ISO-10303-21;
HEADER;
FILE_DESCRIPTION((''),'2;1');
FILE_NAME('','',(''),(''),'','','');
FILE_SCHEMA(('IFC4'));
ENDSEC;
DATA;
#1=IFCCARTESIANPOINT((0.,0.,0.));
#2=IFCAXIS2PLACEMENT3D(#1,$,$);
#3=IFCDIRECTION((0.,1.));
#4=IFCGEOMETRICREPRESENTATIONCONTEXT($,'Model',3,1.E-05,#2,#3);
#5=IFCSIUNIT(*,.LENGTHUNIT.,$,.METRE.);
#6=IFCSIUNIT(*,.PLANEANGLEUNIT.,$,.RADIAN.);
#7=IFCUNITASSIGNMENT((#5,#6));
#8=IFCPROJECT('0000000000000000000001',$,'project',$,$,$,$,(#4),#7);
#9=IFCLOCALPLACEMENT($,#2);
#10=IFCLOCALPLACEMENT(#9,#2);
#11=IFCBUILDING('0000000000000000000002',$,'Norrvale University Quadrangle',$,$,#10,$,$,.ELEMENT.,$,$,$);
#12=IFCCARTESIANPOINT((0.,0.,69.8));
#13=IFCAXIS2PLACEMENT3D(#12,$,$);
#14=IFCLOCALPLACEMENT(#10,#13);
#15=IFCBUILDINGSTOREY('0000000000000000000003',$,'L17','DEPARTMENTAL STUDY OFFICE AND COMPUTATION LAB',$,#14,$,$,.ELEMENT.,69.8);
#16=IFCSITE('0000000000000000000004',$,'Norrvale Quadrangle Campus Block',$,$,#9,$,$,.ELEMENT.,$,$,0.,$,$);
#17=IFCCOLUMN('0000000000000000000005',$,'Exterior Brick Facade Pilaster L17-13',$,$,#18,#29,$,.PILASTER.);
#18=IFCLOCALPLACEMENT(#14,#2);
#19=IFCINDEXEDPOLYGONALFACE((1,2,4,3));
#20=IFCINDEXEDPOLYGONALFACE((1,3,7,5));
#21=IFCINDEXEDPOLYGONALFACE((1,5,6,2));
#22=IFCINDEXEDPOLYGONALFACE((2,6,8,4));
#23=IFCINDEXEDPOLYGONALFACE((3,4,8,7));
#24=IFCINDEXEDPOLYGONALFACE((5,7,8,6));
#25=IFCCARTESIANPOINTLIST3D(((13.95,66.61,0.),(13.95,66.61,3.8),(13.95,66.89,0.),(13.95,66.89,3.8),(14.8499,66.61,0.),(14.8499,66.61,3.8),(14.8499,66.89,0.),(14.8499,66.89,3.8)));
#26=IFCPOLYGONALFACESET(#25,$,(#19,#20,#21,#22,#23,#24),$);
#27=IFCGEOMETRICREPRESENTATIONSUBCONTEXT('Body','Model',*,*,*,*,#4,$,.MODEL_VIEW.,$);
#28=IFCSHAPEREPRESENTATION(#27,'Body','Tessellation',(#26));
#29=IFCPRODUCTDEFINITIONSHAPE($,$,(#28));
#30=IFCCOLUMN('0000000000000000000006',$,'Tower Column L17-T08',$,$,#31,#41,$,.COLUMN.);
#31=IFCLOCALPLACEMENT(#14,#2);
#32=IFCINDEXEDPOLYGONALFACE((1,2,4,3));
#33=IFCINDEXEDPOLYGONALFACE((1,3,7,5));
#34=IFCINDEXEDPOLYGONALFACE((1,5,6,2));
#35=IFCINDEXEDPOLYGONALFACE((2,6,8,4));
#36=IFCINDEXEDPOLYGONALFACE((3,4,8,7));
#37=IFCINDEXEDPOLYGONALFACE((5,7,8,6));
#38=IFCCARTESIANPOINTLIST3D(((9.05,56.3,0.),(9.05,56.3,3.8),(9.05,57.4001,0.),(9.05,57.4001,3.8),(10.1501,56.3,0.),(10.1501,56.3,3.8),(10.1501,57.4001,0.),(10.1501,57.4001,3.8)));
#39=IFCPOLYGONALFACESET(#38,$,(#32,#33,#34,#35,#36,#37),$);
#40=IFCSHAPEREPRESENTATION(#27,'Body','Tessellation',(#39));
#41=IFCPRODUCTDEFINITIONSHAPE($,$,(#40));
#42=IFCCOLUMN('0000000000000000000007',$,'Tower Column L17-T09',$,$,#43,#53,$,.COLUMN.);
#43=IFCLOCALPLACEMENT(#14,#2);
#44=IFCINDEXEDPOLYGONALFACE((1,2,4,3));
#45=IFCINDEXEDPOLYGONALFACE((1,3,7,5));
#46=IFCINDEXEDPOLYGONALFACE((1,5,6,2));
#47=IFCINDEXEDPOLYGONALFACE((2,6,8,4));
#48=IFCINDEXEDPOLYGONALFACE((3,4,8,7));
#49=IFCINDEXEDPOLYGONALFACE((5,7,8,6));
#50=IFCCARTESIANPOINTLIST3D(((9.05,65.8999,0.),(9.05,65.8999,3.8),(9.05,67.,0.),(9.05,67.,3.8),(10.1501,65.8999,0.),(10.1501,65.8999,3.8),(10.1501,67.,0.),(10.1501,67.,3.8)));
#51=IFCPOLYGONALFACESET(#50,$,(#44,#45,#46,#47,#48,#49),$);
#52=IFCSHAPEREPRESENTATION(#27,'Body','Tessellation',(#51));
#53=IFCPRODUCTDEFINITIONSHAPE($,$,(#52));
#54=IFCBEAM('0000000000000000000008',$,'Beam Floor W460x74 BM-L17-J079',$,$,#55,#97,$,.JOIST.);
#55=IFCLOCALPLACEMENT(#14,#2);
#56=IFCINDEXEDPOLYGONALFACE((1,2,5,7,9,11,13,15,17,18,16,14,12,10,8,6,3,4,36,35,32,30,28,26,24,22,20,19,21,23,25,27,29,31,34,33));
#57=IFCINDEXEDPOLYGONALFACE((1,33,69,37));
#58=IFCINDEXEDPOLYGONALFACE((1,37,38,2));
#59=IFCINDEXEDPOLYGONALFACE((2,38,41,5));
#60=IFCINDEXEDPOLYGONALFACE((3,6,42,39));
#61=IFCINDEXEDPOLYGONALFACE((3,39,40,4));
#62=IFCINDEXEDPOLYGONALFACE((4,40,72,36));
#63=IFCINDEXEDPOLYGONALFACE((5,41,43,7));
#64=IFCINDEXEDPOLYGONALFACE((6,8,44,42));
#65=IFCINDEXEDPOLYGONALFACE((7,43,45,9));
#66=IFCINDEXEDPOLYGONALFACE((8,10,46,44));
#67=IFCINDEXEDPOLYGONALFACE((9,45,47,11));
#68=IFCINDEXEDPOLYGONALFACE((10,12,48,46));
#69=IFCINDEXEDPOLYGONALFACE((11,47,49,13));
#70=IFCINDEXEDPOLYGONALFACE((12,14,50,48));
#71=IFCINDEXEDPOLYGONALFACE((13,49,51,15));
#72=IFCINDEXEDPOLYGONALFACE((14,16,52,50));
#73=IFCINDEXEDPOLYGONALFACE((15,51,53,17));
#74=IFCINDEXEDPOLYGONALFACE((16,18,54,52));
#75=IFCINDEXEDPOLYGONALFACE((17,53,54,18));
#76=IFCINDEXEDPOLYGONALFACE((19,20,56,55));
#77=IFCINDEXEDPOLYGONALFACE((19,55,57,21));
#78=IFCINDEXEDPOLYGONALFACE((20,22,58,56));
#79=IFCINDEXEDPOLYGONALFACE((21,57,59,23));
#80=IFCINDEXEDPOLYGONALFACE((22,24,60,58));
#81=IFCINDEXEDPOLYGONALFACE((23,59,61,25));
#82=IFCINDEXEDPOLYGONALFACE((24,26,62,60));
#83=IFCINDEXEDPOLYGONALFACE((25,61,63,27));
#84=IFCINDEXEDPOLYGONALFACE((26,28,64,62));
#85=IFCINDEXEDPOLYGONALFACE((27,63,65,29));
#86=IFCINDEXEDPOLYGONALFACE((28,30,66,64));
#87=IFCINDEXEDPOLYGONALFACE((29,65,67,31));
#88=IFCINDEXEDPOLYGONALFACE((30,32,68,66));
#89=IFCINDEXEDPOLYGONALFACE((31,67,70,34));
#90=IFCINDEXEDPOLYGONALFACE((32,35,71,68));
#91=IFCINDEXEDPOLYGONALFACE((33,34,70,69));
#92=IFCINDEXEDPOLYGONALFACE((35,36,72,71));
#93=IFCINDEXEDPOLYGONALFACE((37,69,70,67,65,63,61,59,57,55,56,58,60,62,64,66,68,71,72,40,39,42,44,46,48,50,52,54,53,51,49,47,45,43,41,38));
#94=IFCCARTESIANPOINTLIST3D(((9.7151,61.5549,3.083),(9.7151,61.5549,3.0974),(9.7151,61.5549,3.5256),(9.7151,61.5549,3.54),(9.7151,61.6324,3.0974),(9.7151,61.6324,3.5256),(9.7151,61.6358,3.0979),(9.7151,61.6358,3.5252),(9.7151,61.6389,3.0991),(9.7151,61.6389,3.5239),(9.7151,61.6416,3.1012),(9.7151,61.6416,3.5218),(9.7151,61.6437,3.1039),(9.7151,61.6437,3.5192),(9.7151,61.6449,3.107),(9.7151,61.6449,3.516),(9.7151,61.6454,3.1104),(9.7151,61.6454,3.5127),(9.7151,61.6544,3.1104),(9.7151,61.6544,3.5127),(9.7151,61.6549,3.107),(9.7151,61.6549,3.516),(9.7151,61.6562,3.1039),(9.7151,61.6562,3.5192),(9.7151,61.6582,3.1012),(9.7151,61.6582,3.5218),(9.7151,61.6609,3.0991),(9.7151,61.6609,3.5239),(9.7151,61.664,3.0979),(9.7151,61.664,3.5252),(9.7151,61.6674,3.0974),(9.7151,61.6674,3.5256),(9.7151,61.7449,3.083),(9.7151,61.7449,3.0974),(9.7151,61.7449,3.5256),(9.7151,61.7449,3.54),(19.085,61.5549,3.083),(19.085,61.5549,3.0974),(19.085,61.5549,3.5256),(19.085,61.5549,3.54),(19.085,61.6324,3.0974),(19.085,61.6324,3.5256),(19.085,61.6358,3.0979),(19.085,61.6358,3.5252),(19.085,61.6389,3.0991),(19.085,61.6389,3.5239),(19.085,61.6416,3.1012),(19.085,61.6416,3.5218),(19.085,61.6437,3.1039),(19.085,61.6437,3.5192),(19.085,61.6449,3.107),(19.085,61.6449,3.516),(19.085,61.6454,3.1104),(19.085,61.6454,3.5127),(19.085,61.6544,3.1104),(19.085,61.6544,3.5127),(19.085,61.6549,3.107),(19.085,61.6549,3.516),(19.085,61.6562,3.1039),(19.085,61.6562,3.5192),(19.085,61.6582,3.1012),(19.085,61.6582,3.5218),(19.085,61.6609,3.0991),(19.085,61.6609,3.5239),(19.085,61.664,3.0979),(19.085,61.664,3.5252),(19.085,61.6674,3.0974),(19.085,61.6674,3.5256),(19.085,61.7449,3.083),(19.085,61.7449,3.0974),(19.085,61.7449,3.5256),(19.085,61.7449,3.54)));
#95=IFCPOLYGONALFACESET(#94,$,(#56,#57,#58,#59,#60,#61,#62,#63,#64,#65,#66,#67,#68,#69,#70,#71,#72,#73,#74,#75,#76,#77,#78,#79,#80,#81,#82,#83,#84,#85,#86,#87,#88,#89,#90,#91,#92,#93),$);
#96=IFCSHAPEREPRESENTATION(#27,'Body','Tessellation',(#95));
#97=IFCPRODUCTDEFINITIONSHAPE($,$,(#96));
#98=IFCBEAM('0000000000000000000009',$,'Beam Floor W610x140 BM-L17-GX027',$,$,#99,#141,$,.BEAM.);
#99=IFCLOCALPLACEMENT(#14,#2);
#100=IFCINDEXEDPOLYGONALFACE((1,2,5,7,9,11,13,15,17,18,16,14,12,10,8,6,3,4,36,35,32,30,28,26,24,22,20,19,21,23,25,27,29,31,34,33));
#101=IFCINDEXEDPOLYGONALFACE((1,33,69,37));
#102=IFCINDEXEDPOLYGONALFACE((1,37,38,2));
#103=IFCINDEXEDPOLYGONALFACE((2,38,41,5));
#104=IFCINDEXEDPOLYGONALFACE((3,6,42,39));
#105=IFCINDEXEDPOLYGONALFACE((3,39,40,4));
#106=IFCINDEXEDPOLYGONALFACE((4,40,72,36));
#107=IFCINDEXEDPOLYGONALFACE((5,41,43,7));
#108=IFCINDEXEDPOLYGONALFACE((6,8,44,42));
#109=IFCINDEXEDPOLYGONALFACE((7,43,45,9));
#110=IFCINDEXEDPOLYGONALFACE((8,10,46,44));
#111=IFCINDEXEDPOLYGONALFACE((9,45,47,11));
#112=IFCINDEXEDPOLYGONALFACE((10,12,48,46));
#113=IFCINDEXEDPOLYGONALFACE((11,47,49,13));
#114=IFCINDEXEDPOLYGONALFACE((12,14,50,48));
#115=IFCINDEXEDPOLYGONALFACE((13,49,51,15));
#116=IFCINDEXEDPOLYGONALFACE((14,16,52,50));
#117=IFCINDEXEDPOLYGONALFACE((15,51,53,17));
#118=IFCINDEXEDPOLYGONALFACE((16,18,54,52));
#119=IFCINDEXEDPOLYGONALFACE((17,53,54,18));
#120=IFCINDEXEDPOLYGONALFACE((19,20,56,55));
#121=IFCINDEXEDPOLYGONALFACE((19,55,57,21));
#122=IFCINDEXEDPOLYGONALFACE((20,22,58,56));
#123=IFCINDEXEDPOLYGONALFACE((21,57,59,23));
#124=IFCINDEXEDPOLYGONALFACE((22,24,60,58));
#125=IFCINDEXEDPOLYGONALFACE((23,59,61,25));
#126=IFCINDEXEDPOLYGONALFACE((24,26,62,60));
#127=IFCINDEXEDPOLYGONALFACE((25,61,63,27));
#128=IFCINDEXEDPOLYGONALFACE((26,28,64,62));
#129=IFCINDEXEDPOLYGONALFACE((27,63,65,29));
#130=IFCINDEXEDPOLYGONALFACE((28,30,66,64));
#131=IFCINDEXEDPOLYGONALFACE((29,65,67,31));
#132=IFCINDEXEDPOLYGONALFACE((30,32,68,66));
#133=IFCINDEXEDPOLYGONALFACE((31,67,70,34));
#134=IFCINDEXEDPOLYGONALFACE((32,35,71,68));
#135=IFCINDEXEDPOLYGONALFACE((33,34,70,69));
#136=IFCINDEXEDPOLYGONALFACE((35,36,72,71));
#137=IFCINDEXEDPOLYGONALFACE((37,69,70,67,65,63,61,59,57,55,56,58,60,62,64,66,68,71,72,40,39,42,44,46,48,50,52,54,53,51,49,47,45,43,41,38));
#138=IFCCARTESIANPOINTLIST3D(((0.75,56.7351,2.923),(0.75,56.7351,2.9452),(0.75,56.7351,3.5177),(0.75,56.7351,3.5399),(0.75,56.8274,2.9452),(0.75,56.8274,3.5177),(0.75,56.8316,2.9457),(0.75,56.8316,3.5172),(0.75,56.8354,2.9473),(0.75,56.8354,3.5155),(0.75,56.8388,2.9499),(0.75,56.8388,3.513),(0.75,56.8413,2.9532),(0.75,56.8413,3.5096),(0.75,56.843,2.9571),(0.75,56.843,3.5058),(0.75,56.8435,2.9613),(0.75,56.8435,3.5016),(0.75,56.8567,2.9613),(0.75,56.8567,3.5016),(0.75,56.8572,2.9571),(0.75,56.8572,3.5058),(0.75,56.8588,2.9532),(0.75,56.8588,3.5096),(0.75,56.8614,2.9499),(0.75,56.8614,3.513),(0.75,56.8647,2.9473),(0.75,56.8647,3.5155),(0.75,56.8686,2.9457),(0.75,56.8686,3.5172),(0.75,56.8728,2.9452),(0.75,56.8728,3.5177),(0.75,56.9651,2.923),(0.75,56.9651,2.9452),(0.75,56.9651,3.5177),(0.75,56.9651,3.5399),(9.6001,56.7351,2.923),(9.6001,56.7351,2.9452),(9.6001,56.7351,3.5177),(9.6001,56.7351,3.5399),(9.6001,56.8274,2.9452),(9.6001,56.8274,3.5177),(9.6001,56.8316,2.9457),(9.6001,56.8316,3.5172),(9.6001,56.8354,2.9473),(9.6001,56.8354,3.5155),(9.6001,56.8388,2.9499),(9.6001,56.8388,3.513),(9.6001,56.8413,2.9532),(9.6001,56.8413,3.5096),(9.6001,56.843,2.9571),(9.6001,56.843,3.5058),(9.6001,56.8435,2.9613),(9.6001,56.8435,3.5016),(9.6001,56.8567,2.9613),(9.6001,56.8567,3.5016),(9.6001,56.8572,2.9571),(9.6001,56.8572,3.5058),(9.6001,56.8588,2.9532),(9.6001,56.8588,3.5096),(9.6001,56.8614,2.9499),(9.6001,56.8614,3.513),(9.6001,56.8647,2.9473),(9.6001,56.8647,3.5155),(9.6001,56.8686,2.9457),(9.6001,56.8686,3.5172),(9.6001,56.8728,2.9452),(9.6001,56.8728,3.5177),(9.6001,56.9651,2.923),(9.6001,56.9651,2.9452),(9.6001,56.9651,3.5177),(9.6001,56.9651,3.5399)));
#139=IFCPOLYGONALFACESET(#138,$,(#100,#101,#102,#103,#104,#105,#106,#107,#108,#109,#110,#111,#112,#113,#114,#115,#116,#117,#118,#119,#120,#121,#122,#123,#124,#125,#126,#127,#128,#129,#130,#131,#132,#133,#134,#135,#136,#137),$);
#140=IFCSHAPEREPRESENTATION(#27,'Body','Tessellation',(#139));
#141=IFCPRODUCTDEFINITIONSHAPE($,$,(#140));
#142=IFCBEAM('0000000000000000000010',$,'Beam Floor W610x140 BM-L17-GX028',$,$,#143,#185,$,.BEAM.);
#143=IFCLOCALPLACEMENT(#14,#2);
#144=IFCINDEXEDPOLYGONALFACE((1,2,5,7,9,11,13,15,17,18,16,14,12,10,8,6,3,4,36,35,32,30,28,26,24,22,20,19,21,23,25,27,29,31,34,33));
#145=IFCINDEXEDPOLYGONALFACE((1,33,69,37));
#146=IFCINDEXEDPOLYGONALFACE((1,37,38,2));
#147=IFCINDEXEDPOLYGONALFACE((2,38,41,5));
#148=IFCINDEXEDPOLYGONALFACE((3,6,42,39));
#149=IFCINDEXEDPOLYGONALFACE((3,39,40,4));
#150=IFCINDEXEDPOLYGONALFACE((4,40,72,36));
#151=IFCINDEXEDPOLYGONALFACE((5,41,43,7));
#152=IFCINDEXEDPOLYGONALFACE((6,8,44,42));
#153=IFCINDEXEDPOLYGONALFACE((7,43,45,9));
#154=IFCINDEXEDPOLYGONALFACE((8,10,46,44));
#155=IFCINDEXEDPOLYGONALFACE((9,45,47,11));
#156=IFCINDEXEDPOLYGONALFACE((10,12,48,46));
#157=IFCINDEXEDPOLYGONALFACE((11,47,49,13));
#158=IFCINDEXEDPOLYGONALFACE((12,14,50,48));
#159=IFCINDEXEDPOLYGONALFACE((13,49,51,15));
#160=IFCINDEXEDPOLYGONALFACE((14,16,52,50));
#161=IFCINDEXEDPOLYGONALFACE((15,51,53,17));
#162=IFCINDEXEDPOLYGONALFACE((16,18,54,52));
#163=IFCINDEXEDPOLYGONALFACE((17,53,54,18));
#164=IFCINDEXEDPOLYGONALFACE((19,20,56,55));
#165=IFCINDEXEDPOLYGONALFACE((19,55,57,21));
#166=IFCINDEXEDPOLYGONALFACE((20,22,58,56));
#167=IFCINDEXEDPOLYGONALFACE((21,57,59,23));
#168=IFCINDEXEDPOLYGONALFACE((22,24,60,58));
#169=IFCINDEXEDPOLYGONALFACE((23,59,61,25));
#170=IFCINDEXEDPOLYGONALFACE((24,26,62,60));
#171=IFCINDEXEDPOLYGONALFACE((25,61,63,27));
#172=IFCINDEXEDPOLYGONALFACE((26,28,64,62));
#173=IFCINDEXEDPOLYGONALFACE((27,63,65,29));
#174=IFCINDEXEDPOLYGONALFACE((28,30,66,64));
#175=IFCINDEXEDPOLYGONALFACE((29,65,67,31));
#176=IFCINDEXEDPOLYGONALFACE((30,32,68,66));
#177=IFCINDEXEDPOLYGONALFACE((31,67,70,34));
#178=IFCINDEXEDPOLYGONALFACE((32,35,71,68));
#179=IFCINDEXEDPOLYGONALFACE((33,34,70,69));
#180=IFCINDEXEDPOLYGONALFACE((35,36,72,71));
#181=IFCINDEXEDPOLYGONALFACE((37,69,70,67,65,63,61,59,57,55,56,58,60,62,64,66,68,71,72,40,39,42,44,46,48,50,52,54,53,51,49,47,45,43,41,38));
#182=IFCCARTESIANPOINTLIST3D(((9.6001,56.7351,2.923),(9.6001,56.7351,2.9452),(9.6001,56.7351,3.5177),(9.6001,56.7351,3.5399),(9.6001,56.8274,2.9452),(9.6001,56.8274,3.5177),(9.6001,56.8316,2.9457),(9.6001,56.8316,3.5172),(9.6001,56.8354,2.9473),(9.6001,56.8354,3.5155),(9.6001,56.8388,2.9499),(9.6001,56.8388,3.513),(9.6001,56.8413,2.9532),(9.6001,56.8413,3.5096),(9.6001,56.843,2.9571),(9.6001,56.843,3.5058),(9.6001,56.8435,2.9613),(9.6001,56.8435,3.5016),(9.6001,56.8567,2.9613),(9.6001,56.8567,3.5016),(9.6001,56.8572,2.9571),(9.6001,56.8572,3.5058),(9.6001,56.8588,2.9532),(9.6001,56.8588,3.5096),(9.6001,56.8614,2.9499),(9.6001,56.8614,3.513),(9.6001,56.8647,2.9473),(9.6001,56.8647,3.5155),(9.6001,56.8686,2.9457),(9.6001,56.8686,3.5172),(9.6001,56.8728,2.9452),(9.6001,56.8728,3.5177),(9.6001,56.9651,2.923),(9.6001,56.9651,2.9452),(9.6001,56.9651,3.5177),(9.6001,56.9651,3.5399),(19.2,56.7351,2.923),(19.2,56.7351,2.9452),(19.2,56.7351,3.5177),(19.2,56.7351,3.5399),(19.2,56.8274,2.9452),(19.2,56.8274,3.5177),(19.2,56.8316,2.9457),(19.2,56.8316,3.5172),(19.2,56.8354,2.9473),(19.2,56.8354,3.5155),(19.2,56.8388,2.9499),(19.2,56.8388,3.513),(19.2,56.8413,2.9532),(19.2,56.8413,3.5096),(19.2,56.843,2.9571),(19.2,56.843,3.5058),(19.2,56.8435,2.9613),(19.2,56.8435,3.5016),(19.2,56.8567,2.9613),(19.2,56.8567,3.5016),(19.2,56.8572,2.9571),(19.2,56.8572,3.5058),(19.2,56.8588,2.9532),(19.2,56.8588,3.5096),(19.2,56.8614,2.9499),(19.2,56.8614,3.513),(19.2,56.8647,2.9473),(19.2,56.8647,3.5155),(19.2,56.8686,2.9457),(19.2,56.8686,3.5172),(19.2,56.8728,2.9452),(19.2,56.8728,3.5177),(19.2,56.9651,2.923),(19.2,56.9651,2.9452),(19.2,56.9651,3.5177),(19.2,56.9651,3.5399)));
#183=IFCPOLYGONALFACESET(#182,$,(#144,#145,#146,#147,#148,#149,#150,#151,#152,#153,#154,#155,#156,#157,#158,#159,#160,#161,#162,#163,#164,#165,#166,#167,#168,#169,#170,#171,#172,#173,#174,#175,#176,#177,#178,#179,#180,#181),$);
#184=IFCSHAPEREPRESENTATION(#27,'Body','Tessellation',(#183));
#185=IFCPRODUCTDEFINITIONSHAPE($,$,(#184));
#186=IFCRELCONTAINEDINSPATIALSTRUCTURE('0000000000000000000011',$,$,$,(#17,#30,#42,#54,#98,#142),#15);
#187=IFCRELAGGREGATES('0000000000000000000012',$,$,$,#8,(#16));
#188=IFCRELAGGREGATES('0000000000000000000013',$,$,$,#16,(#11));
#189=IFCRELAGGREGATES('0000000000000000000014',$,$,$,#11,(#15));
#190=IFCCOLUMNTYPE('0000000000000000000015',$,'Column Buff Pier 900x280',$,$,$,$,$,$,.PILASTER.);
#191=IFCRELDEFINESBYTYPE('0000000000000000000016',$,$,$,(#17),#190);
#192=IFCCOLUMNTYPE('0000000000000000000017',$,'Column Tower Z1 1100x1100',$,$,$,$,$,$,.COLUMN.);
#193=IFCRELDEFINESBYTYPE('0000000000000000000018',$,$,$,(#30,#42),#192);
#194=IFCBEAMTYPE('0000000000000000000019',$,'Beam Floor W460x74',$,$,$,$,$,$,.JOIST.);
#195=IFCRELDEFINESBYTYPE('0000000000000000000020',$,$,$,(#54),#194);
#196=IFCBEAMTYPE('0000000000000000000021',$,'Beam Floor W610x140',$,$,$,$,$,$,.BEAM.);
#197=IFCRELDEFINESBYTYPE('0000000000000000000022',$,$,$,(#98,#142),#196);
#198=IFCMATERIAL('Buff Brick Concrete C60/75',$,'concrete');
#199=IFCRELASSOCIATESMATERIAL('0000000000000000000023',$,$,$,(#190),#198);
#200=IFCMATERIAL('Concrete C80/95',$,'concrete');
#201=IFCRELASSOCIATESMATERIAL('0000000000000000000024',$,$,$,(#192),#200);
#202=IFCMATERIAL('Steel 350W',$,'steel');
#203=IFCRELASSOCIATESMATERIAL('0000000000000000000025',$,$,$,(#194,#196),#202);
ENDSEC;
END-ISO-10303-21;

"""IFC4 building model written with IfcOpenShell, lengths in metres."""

from ifc_helpers import new_model, si_unit, direction, frame, origin, origin_2d, place, context, subcontext, project, spatial, rectangle, i_section, extrude, material, material_profile, profile_set, type_object, element, save


model = new_model("IFC4")

# Units and contexts
model_context = context("Model", 3, precision=1e-05, world=origin(), true_north=direction((0.0, 1.0)))
body_context = subcontext(model_context, "Body", "Model", "MODEL_VIEW")
ifc_project = project(units=[si_unit("LENGTHUNIT", "METRE"), si_unit("PLANEANGLEUNIT", "RADIAN")], contexts=[model_context])

# Site, building, storey
site_placement = place(None, origin())
site = spatial("IfcSite", under=ifc_project, at=site_placement, Name="Norrvale Quadrangle Campus Block", CompositionType="ELEMENT", RefElevation=0.0)
building_placement = place(site_placement, origin())
building = spatial("IfcBuilding", under=site, at=building_placement, Name="Norrvale University Quadrangle", CompositionType="ELEMENT")
storey_placement = place(building_placement, frame((0.0, 0.0, 69.8)))
storey = spatial("IfcBuildingStorey", under=building, at=storey_placement, Name="L17", Description="DEPARTMENTAL STUDY OFFICE AND COMPUTATION LAB", CompositionType="ELEMENT", Elevation=69.8)

# Columns
ifc_material_1 = material(Name="Buff Brick Concrete C60/75", Category="concrete")
ifc_material_profile_1 = material_profile(ifc_material_1, rectangle(XDim=0.8999, YDim=0.28, at=origin_2d()), Name="Buff Brick Concrete C60/75")
ifc_profile_set_1 = profile_set([ifc_material_profile_1], Name="Buff Brick Concrete C60/75")
column_type_1 = type_object("IfcColumnType", Name="Column Buff Pier 900x280", PredefinedType="PILASTER", material=ifc_profile_set_1)
column_placement = place(storey_placement, frame((14.3999, 66.75, 0.0), z_axis=(0.0, 0.0, 1.0), x_axis=(1.0, 0.0, 0.0)))
element("IfcColumn", 1, at=column_placement, inside=storey, type_object=column_type_1, Name="Exterior Brick Facade Pilaster L17-13", PredefinedType="PILASTER", context=body_context, shape_type="SweptSolid", body=[
    extrude(rectangle(XDim=0.8999, YDim=0.28, at=origin_2d()), origin(), (0.0, 0.0, 1.0), 3.8),
])
ifc_material_2 = material(Name="Concrete C80/95", Category="concrete")
ifc_material_profile_2 = material_profile(ifc_material_2, rectangle(XDim=1.1001, YDim=1.1001, at=origin_2d()), Name="Concrete C80/95")
ifc_profile_set_2 = profile_set([ifc_material_profile_2], Name="Concrete C80/95")
column_type_2 = type_object("IfcColumnType", Name="Column Tower Z1 1100x1100", PredefinedType="COLUMN", material=ifc_profile_set_2)
for number, where, z_axis, x_axis, name in (
    (2, (9.6001, 56.8501, 0.0), (0.0, 0.0, 1.0), (1.0, 0.0, 0.0), "Tower Column L17-T08"),
    (3, (9.6001, 66.45, 0.0), (0.0, 0.0, 1.0), (1.0, 0.0, 0.0), "Tower Column L17-T09"),
):
    element("IfcColumn", number, at=place(storey_placement, frame(where, z_axis=z_axis, x_axis=x_axis)), inside=storey, type_object=column_type_2, Name=name, PredefinedType="COLUMN", context=body_context, shape_type="SweptSolid", body=[
        extrude(rectangle(XDim=1.1001, YDim=1.1001, at=origin_2d()), origin(), (0.0, 0.0, 1.0), 3.8),
    ])

# Beams
ifc_material_3 = material(Name="Steel 350W", Category="steel")
ifc_material_profile_3 = material_profile(ifc_material_3, i_section(OverallWidth=0.1899, OverallDepth=0.457, WebThickness=0.009, FlangeThickness=0.0144, FilletRadius=0.0129, at=origin_2d()), Name="Steel 350W")
ifc_profile_set_3 = profile_set([ifc_material_profile_3], Name="Steel 350W")
beam_type_1 = type_object("IfcBeamType", Name="Beam Floor W460x74", PredefinedType="JOIST", material=ifc_profile_set_3)
beam_1_placement = place(storey_placement, frame((9.7151, 61.6499, 3.3115), z_axis=(1.0, 0.0, 0.0), x_axis=(0.0, 1.0, 0.0)))
element("IfcBeam", 4, at=beam_1_placement, inside=storey, type_object=beam_type_1, Name="Beam Floor W460x74 BM-L17-J079", PredefinedType="JOIST", context=body_context, shape_type="SweptSolid", body=[
    extrude(i_section(OverallWidth=0.1899, OverallDepth=0.457, WebThickness=0.009, FlangeThickness=0.0144, FilletRadius=0.0129, at=origin_2d()), origin(), (0.0, 0.0, 1.0), 9.3699),
])
ifc_material_profile_4 = material_profile(ifc_material_3, i_section(OverallWidth=0.23, OverallDepth=0.6169, WebThickness=0.0132, FlangeThickness=0.0222, FilletRadius=0.0161, at=origin_2d()), Name="Steel 350W")
ifc_profile_set_4 = profile_set([ifc_material_profile_4], Name="Steel 350W")
beam_type_2 = type_object("IfcBeamType", Name="Beam Floor W610x140", PredefinedType="BEAM", material=ifc_profile_set_4)
beam_2_placement = place(storey_placement, frame((0.75, 56.8501, 3.2314), z_axis=(1.0, 0.0, 0.0), x_axis=(0.0, 1.0, 0.0)))
element("IfcBeam", 5, at=beam_2_placement, inside=storey, type_object=beam_type_2, Name="Beam Floor W610x140 BM-L17-GX027", PredefinedType="BEAM", context=body_context, shape_type="SweptSolid", body=[
    extrude(i_section(OverallWidth=0.23, OverallDepth=0.6169, WebThickness=0.0132, FlangeThickness=0.0222, FilletRadius=0.0161, at=origin_2d()), origin(), (0.0, 0.0, 1.0), 8.8501),
])
for number, where, z_axis, x_axis, name in (
    (6, (9.6001, 56.8501, 3.2314), (1.0, 0.0, 0.0), (0.0, 1.0, 0.0), "Beam Floor W610x140 BM-L17-GX028"),
):
    element("IfcBeam", number, at=place(storey_placement, frame(where, z_axis=z_axis, x_axis=x_axis)), inside=storey, type_object=beam_type_2, Name=name, PredefinedType="BEAM", context=body_context, shape_type="SweptSolid", body=[
        extrude(i_section(OverallWidth=0.23, OverallDepth=0.6169, WebThickness=0.0132, FlangeThickness=0.0222, FilletRadius=0.0161, at=origin_2d()), origin(), (0.0, 0.0, 1.0), 9.5999),
    ])

save(model, "model.ifc")
